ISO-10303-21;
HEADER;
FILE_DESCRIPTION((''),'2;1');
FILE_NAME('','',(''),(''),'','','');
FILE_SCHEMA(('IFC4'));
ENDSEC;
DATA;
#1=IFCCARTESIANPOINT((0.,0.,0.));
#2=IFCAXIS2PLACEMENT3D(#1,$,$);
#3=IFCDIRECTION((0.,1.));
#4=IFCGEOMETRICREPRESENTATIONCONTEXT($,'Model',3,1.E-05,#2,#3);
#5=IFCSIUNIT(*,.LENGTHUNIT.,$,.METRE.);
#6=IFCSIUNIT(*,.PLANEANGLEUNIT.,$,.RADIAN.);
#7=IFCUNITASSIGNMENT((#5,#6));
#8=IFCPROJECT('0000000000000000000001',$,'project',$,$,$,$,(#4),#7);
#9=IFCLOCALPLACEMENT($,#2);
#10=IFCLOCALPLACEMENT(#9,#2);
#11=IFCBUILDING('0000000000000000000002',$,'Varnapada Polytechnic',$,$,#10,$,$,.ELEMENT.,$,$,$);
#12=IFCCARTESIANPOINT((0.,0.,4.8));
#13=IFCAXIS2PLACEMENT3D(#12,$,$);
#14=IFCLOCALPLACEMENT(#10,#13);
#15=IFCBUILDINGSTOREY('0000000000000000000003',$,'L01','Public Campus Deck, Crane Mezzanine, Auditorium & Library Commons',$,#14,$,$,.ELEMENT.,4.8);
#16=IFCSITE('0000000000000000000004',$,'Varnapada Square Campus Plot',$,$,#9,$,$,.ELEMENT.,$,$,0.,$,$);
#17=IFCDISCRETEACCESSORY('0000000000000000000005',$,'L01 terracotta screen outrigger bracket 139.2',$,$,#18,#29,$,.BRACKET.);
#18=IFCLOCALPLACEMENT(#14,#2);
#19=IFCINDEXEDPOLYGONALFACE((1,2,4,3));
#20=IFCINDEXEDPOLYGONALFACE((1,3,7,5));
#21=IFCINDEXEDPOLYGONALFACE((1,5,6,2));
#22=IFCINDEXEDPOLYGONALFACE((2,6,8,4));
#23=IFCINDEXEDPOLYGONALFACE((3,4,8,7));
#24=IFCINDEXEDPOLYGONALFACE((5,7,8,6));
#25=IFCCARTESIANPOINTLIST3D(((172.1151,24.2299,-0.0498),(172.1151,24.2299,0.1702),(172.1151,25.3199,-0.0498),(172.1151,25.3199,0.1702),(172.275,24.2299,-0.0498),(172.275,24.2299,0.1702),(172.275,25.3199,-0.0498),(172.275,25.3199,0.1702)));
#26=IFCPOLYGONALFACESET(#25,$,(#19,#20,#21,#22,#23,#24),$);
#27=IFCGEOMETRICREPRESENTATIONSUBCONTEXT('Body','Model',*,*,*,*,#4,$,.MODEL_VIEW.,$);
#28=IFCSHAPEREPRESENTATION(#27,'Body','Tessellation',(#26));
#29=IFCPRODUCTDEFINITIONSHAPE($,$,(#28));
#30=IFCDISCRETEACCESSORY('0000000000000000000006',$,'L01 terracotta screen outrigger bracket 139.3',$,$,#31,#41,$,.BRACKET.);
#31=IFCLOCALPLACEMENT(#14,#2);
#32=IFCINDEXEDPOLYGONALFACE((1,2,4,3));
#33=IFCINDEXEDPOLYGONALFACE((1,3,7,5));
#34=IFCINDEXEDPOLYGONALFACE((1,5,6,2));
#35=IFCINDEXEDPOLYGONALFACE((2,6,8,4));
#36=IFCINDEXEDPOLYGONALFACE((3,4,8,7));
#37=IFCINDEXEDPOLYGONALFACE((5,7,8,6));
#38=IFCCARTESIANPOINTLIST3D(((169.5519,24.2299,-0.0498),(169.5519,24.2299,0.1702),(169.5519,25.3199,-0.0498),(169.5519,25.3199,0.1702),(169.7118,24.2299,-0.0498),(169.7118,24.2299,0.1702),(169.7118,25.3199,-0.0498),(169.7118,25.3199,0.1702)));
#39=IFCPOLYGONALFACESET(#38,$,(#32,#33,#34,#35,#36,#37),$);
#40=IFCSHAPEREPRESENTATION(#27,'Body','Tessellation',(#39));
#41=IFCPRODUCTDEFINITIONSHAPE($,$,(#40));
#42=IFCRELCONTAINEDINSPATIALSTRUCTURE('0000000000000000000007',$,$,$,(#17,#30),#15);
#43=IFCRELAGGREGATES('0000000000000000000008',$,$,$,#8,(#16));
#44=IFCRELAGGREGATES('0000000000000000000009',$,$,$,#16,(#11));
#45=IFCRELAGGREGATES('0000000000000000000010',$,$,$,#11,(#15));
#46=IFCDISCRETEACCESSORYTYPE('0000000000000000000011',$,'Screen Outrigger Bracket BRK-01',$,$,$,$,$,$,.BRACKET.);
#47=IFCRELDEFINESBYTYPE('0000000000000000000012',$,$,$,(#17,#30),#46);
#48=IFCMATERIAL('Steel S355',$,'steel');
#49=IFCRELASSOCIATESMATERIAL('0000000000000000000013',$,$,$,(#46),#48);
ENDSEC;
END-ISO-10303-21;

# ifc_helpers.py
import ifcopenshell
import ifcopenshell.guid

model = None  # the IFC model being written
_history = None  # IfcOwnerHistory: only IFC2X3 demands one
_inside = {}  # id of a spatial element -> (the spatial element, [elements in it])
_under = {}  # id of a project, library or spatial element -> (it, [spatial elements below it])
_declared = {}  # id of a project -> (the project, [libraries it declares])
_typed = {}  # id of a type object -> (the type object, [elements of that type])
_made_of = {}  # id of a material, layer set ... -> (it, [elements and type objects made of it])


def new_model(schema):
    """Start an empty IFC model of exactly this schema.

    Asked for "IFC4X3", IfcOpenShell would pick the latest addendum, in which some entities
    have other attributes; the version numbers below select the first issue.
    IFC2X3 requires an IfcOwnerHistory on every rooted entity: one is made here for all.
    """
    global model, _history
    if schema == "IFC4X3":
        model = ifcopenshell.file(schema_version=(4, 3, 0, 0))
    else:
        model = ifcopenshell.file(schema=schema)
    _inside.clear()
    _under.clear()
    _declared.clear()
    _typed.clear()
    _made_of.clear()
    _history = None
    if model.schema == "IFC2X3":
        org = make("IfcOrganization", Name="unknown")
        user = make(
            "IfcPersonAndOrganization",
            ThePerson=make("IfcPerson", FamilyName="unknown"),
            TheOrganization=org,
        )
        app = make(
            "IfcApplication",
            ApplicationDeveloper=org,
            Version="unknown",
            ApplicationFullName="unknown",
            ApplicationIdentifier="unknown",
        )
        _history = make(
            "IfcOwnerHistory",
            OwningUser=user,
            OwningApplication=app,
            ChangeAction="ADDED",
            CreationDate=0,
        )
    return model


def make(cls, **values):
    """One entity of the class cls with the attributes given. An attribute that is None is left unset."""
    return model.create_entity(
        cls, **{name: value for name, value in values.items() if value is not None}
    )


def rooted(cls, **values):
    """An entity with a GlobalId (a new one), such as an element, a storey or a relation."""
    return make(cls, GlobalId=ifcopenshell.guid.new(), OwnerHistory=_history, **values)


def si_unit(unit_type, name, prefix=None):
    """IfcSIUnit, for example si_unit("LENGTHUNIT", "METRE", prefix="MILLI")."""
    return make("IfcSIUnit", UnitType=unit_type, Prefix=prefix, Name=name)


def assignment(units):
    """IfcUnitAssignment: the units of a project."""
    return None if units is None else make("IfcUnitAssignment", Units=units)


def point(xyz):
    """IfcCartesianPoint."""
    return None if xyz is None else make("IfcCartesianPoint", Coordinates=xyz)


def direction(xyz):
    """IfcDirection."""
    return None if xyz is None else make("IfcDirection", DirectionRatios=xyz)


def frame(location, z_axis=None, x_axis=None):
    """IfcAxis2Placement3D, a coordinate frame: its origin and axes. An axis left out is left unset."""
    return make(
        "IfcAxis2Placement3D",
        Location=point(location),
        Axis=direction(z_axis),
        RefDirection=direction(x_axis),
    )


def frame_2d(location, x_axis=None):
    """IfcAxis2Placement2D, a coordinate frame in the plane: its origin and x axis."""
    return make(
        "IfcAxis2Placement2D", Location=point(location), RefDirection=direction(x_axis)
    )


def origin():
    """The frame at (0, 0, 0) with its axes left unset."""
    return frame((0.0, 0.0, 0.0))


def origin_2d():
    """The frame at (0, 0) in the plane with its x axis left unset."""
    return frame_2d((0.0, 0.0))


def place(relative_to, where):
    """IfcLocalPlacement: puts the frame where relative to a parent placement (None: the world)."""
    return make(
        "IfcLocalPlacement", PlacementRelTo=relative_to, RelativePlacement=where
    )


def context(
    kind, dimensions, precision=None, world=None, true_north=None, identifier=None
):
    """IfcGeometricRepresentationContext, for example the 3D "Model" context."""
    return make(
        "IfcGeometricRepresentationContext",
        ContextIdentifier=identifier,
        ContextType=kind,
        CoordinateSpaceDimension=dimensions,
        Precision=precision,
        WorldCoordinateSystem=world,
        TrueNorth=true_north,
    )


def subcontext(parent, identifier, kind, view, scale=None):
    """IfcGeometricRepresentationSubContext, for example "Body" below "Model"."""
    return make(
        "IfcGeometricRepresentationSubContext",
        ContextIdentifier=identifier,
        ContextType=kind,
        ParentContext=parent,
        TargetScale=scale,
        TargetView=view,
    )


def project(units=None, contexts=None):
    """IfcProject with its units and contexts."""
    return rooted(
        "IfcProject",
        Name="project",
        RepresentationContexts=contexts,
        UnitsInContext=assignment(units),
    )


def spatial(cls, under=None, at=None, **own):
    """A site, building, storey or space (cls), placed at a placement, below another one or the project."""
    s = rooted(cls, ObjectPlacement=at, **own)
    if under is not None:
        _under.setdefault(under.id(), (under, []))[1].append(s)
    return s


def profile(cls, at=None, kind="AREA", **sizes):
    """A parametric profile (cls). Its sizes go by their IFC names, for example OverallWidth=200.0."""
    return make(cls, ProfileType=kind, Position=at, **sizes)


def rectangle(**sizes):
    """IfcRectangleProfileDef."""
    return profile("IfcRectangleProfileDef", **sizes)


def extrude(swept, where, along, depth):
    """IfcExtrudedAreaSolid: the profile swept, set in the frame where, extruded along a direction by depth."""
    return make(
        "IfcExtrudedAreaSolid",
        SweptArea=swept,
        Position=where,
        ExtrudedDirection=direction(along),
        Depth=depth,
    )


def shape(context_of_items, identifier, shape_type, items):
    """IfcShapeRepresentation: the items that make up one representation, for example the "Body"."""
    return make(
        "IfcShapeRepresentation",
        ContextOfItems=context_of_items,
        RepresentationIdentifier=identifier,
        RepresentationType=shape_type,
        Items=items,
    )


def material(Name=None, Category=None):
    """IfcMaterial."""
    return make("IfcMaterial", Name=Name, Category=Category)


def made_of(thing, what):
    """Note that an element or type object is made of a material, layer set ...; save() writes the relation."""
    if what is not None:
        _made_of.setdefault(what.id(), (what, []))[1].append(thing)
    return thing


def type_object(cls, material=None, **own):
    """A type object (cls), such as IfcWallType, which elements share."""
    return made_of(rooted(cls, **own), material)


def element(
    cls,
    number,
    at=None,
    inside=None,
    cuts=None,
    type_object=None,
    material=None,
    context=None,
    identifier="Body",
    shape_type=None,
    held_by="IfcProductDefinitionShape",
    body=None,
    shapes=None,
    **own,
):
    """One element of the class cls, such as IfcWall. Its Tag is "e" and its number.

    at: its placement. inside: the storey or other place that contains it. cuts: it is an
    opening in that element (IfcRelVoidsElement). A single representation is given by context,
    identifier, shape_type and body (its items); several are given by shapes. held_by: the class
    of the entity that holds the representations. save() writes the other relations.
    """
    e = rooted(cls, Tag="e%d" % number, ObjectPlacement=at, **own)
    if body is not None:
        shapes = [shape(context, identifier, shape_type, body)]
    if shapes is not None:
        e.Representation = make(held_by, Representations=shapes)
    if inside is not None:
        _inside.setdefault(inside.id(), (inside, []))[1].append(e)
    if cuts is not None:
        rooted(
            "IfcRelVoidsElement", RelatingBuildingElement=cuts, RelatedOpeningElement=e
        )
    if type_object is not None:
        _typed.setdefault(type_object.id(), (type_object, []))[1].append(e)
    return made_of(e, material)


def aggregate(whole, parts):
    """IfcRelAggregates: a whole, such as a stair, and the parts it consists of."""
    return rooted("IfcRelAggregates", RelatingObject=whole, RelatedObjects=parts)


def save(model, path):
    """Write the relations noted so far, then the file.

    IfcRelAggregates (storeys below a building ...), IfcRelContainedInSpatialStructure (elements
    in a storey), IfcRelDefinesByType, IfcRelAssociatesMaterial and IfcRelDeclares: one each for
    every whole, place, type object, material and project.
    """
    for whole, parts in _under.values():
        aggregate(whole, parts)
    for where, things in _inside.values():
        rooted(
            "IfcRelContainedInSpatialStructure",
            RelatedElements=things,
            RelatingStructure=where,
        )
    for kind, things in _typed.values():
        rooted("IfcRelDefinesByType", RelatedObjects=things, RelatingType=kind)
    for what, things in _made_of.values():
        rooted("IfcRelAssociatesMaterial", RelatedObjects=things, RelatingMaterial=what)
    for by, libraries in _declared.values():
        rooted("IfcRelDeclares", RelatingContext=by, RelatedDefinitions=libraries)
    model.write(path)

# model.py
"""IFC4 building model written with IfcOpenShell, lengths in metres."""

from ifc_helpers import new_model, si_unit, direction, frame, origin, origin_2d, place, context, subcontext, project, spatial, rectangle, extrude, material, type_object, element, save


model = new_model("IFC4")

# Units and contexts
model_context = context("Model", 3, precision=1e-05, world=origin(), true_north=direction((0.0, 1.0)))
body_context = subcontext(model_context, "Body", "Model", "MODEL_VIEW")
ifc_project = project(units=[si_unit("LENGTHUNIT", "METRE"), si_unit("PLANEANGLEUNIT", "RADIAN")], contexts=[model_context])

# Site, building, storey
site_placement = place(None, origin())
site = spatial("IfcSite", under=ifc_project, at=site_placement, Name="Varnapada Square Campus Plot", CompositionType="ELEMENT", RefElevation=0.0)
building_placement = place(site_placement, origin())
building = spatial("IfcBuilding", under=site, at=building_placement, Name="Varnapada Polytechnic", CompositionType="ELEMENT")
storey_placement = place(building_placement, frame((0.0, 0.0, 4.8)))
storey = spatial("IfcBuildingStorey", under=building, at=storey_placement, Name="L01", Description="Public Campus Deck, Crane Mezzanine, Auditorium & Library Commons", CompositionType="ELEMENT", Elevation=4.8)

# Shared definitions
ifc_material_1 = material(Name="Steel S355", Category="steel")

# Discrete accessories
discrete_accessory_type = type_object("IfcDiscreteAccessoryType", Name="Screen Outrigger Bracket BRK-01", PredefinedType="BRACKET", material=ifc_material_1)
for number, where, z_axis, x_axis, name in (
    (1, (172.1951, 24.7749, -0.0498), (0.0, 0.0, 1.0), (-1.0, 0.0, 0.0), "L01 terracotta screen outrigger bracket 139.2"),
    (2, (169.6318, 24.7749, -0.0498), (0.0, 0.0, 1.0), (-1.0, 0.0, 0.0), "L01 terracotta screen outrigger bracket 139.3"),
):
    element("IfcDiscreteAccessory", number, at=place(storey_placement, frame(where, z_axis=z_axis, x_axis=x_axis)), inside=storey, type_object=discrete_accessory_type, Name=name, PredefinedType="BRACKET", context=body_context, shape_type="SweptSolid", body=[
        extrude(rectangle(XDim=0.1599, YDim=1.0901, at=origin_2d()), origin(), (0.0, 0.0, 1.0), 0.22),
    ])

save(model, "model.ifc")
